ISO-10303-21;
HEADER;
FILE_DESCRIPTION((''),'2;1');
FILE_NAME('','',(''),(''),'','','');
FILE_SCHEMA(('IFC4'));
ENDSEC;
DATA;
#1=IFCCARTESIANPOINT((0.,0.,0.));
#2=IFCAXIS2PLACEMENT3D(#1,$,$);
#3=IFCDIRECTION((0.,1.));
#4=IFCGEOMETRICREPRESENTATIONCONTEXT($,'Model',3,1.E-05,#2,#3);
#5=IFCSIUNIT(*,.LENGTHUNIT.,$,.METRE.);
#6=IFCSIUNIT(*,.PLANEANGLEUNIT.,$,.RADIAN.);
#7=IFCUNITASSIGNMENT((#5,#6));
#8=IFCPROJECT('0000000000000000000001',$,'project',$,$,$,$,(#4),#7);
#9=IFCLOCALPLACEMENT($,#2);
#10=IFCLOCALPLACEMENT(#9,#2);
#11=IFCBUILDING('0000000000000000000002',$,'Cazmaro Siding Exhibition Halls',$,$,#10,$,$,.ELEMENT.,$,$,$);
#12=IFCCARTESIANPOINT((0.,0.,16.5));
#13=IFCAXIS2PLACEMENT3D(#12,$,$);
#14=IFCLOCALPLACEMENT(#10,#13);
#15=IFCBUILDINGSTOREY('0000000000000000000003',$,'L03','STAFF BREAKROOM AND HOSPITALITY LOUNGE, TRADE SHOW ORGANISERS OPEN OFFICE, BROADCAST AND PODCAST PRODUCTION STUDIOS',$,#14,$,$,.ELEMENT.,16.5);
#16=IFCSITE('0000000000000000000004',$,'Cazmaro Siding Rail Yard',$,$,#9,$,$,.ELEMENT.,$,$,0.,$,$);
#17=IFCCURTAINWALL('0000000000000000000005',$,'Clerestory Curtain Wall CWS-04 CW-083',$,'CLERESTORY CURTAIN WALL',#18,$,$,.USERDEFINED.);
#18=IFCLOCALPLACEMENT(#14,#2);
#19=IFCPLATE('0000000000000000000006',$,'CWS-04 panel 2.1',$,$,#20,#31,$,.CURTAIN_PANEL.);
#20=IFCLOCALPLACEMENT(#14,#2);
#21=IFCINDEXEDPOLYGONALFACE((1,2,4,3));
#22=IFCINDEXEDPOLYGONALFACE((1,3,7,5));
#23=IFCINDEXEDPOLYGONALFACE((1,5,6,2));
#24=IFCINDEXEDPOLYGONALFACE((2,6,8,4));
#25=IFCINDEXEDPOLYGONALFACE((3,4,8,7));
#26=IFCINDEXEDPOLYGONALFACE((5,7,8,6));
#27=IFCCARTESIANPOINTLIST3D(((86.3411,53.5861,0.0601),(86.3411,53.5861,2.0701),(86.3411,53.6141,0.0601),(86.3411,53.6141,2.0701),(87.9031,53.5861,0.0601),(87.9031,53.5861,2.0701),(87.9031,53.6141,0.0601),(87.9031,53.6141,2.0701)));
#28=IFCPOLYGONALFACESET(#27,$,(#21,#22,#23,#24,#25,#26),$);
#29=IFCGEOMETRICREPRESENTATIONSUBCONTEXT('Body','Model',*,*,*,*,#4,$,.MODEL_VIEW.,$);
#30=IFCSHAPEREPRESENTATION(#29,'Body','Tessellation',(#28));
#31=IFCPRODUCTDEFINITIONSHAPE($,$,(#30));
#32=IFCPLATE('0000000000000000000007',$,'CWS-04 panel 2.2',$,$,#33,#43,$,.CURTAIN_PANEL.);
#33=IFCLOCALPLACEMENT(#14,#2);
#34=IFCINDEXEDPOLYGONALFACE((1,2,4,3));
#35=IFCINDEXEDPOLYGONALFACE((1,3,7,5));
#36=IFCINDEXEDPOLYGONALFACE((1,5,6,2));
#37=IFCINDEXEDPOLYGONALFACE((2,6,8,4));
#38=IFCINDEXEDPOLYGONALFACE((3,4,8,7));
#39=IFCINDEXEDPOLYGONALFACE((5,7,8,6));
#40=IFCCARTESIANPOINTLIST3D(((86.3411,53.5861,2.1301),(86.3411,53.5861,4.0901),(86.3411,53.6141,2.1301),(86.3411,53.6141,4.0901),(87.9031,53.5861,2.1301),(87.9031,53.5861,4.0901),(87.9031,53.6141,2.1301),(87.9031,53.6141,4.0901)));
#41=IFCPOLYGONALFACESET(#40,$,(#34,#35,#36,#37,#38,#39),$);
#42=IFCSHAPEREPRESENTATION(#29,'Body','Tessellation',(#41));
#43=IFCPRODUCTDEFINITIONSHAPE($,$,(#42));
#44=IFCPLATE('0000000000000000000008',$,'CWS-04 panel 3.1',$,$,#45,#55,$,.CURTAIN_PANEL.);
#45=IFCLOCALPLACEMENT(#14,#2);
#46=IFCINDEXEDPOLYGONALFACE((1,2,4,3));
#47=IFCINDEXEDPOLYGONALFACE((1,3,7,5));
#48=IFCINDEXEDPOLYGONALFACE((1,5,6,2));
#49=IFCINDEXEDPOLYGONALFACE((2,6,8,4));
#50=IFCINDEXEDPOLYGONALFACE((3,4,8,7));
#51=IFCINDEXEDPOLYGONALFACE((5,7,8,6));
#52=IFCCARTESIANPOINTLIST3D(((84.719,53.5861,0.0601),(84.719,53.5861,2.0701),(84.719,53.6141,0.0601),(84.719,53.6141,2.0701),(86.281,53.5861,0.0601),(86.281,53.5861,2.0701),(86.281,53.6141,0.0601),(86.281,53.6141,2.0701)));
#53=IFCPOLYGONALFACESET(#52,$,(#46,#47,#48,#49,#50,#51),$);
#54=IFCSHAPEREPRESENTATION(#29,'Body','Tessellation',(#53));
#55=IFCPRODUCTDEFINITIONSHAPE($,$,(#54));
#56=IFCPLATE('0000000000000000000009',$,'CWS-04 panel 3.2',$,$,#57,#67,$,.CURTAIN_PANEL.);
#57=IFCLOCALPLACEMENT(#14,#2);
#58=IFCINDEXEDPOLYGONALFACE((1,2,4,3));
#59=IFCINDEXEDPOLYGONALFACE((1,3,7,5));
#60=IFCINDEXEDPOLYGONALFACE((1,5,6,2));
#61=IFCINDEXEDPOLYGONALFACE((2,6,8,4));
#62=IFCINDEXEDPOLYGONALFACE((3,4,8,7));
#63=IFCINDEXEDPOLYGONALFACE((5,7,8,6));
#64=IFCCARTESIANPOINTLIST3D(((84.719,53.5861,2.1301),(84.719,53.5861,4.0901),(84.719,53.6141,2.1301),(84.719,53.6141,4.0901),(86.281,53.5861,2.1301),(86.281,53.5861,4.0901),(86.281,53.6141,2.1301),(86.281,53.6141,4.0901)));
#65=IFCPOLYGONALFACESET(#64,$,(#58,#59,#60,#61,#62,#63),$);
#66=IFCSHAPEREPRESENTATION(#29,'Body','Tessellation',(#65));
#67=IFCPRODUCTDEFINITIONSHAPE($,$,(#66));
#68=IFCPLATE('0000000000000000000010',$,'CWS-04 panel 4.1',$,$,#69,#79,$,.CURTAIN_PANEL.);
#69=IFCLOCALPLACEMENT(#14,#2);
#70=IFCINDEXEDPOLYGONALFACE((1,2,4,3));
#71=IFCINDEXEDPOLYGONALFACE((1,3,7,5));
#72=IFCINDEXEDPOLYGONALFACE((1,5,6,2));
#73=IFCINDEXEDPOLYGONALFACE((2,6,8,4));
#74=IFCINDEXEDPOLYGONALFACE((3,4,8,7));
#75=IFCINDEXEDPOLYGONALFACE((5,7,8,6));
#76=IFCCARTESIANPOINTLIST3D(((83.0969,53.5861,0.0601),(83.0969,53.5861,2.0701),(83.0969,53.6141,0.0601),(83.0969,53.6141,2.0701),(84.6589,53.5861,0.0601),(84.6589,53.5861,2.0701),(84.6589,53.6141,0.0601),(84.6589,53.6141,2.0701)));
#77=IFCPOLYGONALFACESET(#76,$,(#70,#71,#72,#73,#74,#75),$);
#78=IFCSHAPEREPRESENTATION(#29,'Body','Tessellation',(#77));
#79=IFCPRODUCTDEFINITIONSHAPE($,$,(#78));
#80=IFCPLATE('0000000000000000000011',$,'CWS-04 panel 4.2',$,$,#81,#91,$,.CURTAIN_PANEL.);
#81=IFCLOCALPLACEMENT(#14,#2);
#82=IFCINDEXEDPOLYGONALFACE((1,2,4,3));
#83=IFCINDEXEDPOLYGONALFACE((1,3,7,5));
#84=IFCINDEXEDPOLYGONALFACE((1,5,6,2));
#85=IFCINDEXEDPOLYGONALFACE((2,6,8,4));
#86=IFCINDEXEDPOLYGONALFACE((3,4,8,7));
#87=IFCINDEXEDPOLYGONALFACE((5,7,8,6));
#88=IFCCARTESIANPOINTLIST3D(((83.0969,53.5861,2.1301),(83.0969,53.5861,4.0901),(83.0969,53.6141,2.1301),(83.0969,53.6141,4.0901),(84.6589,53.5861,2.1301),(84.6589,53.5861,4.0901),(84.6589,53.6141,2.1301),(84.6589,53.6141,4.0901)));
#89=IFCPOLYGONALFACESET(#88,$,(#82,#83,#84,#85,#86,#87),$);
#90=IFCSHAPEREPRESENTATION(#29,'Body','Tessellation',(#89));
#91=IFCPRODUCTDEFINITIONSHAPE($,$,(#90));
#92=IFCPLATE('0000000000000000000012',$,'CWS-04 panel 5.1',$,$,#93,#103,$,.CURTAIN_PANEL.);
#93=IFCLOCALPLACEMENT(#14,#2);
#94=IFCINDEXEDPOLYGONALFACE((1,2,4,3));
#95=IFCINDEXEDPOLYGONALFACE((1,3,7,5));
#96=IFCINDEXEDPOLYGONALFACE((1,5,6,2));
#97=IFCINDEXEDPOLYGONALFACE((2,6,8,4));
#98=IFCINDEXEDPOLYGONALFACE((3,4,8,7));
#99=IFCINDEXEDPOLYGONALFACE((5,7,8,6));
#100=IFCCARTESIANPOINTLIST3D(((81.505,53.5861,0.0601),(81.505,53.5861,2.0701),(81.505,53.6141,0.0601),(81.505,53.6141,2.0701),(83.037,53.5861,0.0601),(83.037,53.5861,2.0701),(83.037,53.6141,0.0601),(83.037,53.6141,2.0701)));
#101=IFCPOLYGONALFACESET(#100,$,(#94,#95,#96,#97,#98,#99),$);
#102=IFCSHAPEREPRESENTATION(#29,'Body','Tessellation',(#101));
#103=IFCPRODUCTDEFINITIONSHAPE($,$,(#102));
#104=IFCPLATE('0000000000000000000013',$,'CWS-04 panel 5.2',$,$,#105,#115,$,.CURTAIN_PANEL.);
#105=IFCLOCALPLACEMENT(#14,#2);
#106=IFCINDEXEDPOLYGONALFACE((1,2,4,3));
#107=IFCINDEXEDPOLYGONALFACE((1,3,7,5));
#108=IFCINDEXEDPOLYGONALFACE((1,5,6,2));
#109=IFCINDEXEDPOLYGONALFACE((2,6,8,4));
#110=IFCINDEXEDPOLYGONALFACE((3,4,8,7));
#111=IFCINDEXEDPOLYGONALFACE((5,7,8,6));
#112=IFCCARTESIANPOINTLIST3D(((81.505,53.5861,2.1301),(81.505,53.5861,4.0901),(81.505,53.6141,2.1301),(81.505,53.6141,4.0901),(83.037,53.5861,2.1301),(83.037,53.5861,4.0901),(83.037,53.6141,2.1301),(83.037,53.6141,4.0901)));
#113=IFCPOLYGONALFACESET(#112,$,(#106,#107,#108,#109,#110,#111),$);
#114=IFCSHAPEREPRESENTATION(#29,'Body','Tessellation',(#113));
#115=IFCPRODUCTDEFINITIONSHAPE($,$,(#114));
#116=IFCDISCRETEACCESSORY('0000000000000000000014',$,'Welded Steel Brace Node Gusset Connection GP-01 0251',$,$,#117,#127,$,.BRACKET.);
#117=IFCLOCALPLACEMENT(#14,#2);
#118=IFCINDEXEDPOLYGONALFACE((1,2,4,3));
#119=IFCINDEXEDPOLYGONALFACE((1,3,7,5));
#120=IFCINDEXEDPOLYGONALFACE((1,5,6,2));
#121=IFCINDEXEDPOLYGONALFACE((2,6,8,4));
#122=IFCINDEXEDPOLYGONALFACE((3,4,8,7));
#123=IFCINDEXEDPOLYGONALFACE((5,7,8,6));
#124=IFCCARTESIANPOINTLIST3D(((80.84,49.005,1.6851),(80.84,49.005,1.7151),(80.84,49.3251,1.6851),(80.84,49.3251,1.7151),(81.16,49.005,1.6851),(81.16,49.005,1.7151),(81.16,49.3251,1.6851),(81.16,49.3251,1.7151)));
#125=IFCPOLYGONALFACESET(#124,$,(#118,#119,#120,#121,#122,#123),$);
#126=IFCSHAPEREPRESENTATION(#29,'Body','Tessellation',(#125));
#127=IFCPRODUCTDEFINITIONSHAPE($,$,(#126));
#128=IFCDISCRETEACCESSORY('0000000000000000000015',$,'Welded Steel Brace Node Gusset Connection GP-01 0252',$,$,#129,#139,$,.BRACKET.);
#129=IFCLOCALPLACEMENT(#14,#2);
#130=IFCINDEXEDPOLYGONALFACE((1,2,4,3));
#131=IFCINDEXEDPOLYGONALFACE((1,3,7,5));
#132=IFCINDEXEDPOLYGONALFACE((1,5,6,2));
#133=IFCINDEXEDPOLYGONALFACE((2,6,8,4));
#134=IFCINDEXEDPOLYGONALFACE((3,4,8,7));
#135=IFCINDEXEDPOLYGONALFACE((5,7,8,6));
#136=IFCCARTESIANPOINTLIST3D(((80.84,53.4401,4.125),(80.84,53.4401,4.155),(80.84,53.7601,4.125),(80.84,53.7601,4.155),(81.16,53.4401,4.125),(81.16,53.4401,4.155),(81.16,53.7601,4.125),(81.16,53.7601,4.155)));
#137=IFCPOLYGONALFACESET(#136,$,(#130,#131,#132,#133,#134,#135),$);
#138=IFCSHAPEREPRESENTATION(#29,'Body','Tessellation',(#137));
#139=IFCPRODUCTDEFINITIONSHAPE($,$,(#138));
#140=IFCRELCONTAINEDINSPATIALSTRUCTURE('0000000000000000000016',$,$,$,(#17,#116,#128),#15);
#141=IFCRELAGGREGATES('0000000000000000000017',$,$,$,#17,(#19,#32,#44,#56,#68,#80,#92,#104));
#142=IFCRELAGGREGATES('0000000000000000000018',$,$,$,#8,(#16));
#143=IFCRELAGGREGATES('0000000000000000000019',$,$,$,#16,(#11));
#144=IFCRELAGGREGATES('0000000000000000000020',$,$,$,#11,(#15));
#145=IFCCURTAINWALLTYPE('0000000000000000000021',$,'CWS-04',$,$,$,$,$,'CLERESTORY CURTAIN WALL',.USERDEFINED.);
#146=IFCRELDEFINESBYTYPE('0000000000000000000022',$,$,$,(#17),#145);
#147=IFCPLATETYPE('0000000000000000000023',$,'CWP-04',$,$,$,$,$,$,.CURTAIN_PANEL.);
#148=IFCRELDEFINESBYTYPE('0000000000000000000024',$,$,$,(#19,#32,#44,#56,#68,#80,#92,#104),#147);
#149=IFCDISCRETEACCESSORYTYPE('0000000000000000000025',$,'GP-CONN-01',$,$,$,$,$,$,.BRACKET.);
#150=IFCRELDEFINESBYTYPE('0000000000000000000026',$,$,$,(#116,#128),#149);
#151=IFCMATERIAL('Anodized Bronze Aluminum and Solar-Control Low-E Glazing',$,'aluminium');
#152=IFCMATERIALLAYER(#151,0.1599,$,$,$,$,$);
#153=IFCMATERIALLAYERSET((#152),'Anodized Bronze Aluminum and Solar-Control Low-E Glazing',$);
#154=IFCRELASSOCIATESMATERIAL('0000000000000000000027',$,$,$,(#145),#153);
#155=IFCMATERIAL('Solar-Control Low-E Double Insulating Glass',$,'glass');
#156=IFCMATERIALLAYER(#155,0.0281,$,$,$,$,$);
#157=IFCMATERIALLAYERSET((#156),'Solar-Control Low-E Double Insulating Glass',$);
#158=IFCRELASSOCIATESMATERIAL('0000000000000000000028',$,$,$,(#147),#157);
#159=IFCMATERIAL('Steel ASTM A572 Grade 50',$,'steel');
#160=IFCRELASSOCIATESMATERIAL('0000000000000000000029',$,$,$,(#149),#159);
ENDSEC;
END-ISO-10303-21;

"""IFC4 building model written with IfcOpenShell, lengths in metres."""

from ifc_helpers import new_model, si_unit, direction, frame, origin, origin_2d, place, context, subcontext, project, spatial, rectangle, extrude, material, layer, layer_set, type_object, element, aggregate, save


model = new_model("IFC4")

# Units and contexts
model_context = context("Model", 3, precision=1e-05, world=origin(), true_north=direction((0.0, 1.0)))
body_context = subcontext(model_context, "Body", "Model", "MODEL_VIEW")
ifc_project = project(units=[si_unit("LENGTHUNIT", "METRE"), si_unit("PLANEANGLEUNIT", "RADIAN")], contexts=[model_context])

# Site, building, storey
site_placement = place(None, origin())
site = spatial("IfcSite", under=ifc_project, at=site_placement, Name="Cazmaro Siding Rail Yard", CompositionType="ELEMENT", RefElevation=0.0)
building_placement = place(site_placement, origin())
building = spatial("IfcBuilding", under=site, at=building_placement, Name="Cazmaro Siding Exhibition Halls", CompositionType="ELEMENT")
storey_placement = place(building_placement, frame((0.0, 0.0, 16.5)))
storey = spatial("IfcBuildingStorey", under=building, at=storey_placement, Name="L03", Description="STAFF BREAKROOM AND HOSPITALITY LOUNGE, TRADE SHOW ORGANISERS OPEN OFFICE, BROADCAST AND PODCAST PRODUCTION STUDIOS", CompositionType="ELEMENT", Elevation=16.5)

# Shared definitions
ifc_material_1 = material(Name="Anodized Bronze Aluminum and Solar-Control Low-E Glazing", Category="aluminium")
ifc_layer_1 = layer(ifc_material_1, 0.1599)
ifc_layer_set_1 = layer_set([ifc_layer_1], Name="Anodized Bronze Aluminum and Solar-Control Low-E Glazing")
curtain_wall_type = type_object("IfcCurtainWallType", Name="CWS-04", ElementType="CLERESTORY CURTAIN WALL", PredefinedType="USERDEFINED", material=ifc_layer_set_1)

# Curtain wall
curtain_wall_1_placement = place(storey_placement, origin())
curtain_wall_1 = element("IfcCurtainWall", 1, at=curtain_wall_1_placement, inside=storey, type_object=curtain_wall_type, Name="Clerestory Curtain Wall CWS-04 CW-083", ObjectType="CLERESTORY CURTAIN WALL", PredefinedType="USERDEFINED")

# Plates
ifc_material_2 = material(Name="Solar-Control Low-E Double Insulating Glass", Category="glass")
ifc_layer_2 = layer(ifc_material_2, 0.0281)
ifc_layer_set_2 = layer_set([ifc_layer_2], Name="Solar-Control Low-E Double Insulating Glass")
plate_type = type_object("IfcPlateType", Name="CWP-04", PredefinedType="CURTAIN_PANEL", material=ifc_layer_set_2)
plate_1_placement = place(storey_placement, frame((87.1221, 53.6001, 0.0601), z_axis=(0.0, 0.0, 1.0), x_axis=(-1.0, 0.0, 0.0)))
plate_1 = element("IfcPlate", 2, at=plate_1_placement, type_object=plate_type, Name="CWS-04 panel 2.1", PredefinedType="CURTAIN_PANEL", context=body_context, shape_type="SweptSolid", body=[
    extrude(rectangle(XDim=1.562, YDim=0.0281, at=origin_2d()), origin(), (0.0, 0.0, 1.0), 2.01),
])
plate_2_placement = place(storey_placement, frame((87.1221, 53.6001, 2.1301), z_axis=(0.0, 0.0, 1.0), x_axis=(-1.0, 0.0, 0.0)))
plate_2 = element("IfcPlate", 3, at=plate_2_placement, type_object=plate_type, Name="CWS-04 panel 2.2", PredefinedType="CURTAIN_PANEL", context=body_context, shape_type="SweptSolid", body=[
    extrude(rectangle(XDim=1.562, YDim=0.0281, at=origin_2d()), origin(), (0.0, 0.0, 1.0), 1.96),
])
plate_3_placement = place(storey_placement, frame((85.5, 53.6001, 0.0601), z_axis=(0.0, 0.0, 1.0), x_axis=(-1.0, 0.0, 0.0)))
plate_3 = element("IfcPlate", 4, at=plate_3_placement, type_object=plate_type, Name="CWS-04 panel 3.1", PredefinedType="CURTAIN_PANEL", context=body_context, shape_type="SweptSolid", body=[
    extrude(rectangle(XDim=1.562, YDim=0.0281, at=origin_2d()), origin(), (0.0, 0.0, 1.0), 2.01),
])
plate_4_placement = place(storey_placement, frame((85.5, 53.6001, 2.1301), z_axis=(0.0, 0.0, 1.0), x_axis=(-1.0, 0.0, 0.0)))
plate_4 = element("IfcPlate", 5, at=plate_4_placement, type_object=plate_type, Name="CWS-04 panel 3.2", PredefinedType="CURTAIN_PANEL", context=body_context, shape_type="SweptSolid", body=[
    extrude(rectangle(XDim=1.562, YDim=0.0281, at=origin_2d()), origin(), (0.0, 0.0, 1.0), 1.96),
])
plate_5_placement = place(storey_placement, frame((83.8779, 53.6001, 0.0601), z_axis=(0.0, 0.0, 1.0), x_axis=(-1.0, 0.0, 0.0)))
plate_5 = element("IfcPlate", 6, at=plate_5_placement, type_object=plate_type, Name="CWS-04 panel 4.1", PredefinedType="CURTAIN_PANEL", context=body_context, shape_type="SweptSolid", body=[
    extrude(rectangle(XDim=1.562, YDim=0.0281, at=origin_2d()), origin(), (0.0, 0.0, 1.0), 2.01),
])
plate_6_placement = place(storey_placement, frame((83.8779, 53.6001, 2.1301), z_axis=(0.0, 0.0, 1.0), x_axis=(-1.0, 0.0, 0.0)))
plate_6 = element("IfcPlate", 7, at=plate_6_placement, type_object=plate_type, Name="CWS-04 panel 4.2", PredefinedType="CURTAIN_PANEL", context=body_context, shape_type="SweptSolid", body=[
    extrude(rectangle(XDim=1.562, YDim=0.0281, at=origin_2d()), origin(), (0.0, 0.0, 1.0), 1.96),
])
plate_7_placement = place(storey_placement, frame((82.271, 53.6001, 0.0601), z_axis=(0.0, 0.0, 1.0), x_axis=(-1.0, 0.0, 0.0)))
plate_7 = element("IfcPlate", 8, at=plate_7_placement, type_object=plate_type, Name="CWS-04 panel 5.1", PredefinedType="CURTAIN_PANEL", context=body_context, shape_type="SweptSolid", body=[
    extrude(rectangle(XDim=1.532, YDim=0.0281, at=origin_2d()), origin(), (0.0, 0.0, 1.0), 2.01),
])
plate_8_placement = place(storey_placement, frame((82.271, 53.6001, 2.1301), z_axis=(0.0, 0.0, 1.0), x_axis=(-1.0, 0.0, 0.0)))
plate_8 = element("IfcPlate", 9, at=plate_8_placement, type_object=plate_type, Name="CWS-04 panel 5.2", PredefinedType="CURTAIN_PANEL", context=body_context, shape_type="SweptSolid", body=[
    extrude(rectangle(XDim=1.532, YDim=0.0281, at=origin_2d()), origin(), (0.0, 0.0, 1.0), 1.96),
])
aggregate(curtain_wall_1, [plate_1, plate_2, plate_3, plate_4, plate_5, plate_6, plate_7, plate_8])

# Discrete accessories
ifc_material_3 = material(Name="Steel ASTM A572 Grade 50", Category="steel")
discrete_accessory_type = type_object("IfcDiscreteAccessoryType", Name="GP-CONN-01", PredefinedType="BRACKET", material=ifc_material_3)
for number, where, z_axis, x_axis, name in (
    (10, (81.0, 49.165, 1.6851), (0.0, 0.0, 1.0), (1.0, 0.0, 0.0), "Welded Steel Brace Node Gusset Connection GP-01 0251"),
    (11, (81.0, 53.6001, 4.125), (0.0, 0.0, 1.0), (1.0, 0.0, 0.0), "Welded Steel Brace Node Gusset Connection GP-01 0252"),
):
    element("IfcDiscreteAccessory", number, at=place(storey_placement, frame(where, z_axis=z_axis, x_axis=x_axis)), inside=storey, type_object=discrete_accessory_type, Name=name, PredefinedType="BRACKET", context=body_context, shape_type="SweptSolid", body=[
        extrude(rectangle(XDim=0.3201, YDim=0.3201, at=origin_2d()), origin(), (0.0, 0.0, 1.0), 0.03),
    ])

save(model, "model.ifc")
